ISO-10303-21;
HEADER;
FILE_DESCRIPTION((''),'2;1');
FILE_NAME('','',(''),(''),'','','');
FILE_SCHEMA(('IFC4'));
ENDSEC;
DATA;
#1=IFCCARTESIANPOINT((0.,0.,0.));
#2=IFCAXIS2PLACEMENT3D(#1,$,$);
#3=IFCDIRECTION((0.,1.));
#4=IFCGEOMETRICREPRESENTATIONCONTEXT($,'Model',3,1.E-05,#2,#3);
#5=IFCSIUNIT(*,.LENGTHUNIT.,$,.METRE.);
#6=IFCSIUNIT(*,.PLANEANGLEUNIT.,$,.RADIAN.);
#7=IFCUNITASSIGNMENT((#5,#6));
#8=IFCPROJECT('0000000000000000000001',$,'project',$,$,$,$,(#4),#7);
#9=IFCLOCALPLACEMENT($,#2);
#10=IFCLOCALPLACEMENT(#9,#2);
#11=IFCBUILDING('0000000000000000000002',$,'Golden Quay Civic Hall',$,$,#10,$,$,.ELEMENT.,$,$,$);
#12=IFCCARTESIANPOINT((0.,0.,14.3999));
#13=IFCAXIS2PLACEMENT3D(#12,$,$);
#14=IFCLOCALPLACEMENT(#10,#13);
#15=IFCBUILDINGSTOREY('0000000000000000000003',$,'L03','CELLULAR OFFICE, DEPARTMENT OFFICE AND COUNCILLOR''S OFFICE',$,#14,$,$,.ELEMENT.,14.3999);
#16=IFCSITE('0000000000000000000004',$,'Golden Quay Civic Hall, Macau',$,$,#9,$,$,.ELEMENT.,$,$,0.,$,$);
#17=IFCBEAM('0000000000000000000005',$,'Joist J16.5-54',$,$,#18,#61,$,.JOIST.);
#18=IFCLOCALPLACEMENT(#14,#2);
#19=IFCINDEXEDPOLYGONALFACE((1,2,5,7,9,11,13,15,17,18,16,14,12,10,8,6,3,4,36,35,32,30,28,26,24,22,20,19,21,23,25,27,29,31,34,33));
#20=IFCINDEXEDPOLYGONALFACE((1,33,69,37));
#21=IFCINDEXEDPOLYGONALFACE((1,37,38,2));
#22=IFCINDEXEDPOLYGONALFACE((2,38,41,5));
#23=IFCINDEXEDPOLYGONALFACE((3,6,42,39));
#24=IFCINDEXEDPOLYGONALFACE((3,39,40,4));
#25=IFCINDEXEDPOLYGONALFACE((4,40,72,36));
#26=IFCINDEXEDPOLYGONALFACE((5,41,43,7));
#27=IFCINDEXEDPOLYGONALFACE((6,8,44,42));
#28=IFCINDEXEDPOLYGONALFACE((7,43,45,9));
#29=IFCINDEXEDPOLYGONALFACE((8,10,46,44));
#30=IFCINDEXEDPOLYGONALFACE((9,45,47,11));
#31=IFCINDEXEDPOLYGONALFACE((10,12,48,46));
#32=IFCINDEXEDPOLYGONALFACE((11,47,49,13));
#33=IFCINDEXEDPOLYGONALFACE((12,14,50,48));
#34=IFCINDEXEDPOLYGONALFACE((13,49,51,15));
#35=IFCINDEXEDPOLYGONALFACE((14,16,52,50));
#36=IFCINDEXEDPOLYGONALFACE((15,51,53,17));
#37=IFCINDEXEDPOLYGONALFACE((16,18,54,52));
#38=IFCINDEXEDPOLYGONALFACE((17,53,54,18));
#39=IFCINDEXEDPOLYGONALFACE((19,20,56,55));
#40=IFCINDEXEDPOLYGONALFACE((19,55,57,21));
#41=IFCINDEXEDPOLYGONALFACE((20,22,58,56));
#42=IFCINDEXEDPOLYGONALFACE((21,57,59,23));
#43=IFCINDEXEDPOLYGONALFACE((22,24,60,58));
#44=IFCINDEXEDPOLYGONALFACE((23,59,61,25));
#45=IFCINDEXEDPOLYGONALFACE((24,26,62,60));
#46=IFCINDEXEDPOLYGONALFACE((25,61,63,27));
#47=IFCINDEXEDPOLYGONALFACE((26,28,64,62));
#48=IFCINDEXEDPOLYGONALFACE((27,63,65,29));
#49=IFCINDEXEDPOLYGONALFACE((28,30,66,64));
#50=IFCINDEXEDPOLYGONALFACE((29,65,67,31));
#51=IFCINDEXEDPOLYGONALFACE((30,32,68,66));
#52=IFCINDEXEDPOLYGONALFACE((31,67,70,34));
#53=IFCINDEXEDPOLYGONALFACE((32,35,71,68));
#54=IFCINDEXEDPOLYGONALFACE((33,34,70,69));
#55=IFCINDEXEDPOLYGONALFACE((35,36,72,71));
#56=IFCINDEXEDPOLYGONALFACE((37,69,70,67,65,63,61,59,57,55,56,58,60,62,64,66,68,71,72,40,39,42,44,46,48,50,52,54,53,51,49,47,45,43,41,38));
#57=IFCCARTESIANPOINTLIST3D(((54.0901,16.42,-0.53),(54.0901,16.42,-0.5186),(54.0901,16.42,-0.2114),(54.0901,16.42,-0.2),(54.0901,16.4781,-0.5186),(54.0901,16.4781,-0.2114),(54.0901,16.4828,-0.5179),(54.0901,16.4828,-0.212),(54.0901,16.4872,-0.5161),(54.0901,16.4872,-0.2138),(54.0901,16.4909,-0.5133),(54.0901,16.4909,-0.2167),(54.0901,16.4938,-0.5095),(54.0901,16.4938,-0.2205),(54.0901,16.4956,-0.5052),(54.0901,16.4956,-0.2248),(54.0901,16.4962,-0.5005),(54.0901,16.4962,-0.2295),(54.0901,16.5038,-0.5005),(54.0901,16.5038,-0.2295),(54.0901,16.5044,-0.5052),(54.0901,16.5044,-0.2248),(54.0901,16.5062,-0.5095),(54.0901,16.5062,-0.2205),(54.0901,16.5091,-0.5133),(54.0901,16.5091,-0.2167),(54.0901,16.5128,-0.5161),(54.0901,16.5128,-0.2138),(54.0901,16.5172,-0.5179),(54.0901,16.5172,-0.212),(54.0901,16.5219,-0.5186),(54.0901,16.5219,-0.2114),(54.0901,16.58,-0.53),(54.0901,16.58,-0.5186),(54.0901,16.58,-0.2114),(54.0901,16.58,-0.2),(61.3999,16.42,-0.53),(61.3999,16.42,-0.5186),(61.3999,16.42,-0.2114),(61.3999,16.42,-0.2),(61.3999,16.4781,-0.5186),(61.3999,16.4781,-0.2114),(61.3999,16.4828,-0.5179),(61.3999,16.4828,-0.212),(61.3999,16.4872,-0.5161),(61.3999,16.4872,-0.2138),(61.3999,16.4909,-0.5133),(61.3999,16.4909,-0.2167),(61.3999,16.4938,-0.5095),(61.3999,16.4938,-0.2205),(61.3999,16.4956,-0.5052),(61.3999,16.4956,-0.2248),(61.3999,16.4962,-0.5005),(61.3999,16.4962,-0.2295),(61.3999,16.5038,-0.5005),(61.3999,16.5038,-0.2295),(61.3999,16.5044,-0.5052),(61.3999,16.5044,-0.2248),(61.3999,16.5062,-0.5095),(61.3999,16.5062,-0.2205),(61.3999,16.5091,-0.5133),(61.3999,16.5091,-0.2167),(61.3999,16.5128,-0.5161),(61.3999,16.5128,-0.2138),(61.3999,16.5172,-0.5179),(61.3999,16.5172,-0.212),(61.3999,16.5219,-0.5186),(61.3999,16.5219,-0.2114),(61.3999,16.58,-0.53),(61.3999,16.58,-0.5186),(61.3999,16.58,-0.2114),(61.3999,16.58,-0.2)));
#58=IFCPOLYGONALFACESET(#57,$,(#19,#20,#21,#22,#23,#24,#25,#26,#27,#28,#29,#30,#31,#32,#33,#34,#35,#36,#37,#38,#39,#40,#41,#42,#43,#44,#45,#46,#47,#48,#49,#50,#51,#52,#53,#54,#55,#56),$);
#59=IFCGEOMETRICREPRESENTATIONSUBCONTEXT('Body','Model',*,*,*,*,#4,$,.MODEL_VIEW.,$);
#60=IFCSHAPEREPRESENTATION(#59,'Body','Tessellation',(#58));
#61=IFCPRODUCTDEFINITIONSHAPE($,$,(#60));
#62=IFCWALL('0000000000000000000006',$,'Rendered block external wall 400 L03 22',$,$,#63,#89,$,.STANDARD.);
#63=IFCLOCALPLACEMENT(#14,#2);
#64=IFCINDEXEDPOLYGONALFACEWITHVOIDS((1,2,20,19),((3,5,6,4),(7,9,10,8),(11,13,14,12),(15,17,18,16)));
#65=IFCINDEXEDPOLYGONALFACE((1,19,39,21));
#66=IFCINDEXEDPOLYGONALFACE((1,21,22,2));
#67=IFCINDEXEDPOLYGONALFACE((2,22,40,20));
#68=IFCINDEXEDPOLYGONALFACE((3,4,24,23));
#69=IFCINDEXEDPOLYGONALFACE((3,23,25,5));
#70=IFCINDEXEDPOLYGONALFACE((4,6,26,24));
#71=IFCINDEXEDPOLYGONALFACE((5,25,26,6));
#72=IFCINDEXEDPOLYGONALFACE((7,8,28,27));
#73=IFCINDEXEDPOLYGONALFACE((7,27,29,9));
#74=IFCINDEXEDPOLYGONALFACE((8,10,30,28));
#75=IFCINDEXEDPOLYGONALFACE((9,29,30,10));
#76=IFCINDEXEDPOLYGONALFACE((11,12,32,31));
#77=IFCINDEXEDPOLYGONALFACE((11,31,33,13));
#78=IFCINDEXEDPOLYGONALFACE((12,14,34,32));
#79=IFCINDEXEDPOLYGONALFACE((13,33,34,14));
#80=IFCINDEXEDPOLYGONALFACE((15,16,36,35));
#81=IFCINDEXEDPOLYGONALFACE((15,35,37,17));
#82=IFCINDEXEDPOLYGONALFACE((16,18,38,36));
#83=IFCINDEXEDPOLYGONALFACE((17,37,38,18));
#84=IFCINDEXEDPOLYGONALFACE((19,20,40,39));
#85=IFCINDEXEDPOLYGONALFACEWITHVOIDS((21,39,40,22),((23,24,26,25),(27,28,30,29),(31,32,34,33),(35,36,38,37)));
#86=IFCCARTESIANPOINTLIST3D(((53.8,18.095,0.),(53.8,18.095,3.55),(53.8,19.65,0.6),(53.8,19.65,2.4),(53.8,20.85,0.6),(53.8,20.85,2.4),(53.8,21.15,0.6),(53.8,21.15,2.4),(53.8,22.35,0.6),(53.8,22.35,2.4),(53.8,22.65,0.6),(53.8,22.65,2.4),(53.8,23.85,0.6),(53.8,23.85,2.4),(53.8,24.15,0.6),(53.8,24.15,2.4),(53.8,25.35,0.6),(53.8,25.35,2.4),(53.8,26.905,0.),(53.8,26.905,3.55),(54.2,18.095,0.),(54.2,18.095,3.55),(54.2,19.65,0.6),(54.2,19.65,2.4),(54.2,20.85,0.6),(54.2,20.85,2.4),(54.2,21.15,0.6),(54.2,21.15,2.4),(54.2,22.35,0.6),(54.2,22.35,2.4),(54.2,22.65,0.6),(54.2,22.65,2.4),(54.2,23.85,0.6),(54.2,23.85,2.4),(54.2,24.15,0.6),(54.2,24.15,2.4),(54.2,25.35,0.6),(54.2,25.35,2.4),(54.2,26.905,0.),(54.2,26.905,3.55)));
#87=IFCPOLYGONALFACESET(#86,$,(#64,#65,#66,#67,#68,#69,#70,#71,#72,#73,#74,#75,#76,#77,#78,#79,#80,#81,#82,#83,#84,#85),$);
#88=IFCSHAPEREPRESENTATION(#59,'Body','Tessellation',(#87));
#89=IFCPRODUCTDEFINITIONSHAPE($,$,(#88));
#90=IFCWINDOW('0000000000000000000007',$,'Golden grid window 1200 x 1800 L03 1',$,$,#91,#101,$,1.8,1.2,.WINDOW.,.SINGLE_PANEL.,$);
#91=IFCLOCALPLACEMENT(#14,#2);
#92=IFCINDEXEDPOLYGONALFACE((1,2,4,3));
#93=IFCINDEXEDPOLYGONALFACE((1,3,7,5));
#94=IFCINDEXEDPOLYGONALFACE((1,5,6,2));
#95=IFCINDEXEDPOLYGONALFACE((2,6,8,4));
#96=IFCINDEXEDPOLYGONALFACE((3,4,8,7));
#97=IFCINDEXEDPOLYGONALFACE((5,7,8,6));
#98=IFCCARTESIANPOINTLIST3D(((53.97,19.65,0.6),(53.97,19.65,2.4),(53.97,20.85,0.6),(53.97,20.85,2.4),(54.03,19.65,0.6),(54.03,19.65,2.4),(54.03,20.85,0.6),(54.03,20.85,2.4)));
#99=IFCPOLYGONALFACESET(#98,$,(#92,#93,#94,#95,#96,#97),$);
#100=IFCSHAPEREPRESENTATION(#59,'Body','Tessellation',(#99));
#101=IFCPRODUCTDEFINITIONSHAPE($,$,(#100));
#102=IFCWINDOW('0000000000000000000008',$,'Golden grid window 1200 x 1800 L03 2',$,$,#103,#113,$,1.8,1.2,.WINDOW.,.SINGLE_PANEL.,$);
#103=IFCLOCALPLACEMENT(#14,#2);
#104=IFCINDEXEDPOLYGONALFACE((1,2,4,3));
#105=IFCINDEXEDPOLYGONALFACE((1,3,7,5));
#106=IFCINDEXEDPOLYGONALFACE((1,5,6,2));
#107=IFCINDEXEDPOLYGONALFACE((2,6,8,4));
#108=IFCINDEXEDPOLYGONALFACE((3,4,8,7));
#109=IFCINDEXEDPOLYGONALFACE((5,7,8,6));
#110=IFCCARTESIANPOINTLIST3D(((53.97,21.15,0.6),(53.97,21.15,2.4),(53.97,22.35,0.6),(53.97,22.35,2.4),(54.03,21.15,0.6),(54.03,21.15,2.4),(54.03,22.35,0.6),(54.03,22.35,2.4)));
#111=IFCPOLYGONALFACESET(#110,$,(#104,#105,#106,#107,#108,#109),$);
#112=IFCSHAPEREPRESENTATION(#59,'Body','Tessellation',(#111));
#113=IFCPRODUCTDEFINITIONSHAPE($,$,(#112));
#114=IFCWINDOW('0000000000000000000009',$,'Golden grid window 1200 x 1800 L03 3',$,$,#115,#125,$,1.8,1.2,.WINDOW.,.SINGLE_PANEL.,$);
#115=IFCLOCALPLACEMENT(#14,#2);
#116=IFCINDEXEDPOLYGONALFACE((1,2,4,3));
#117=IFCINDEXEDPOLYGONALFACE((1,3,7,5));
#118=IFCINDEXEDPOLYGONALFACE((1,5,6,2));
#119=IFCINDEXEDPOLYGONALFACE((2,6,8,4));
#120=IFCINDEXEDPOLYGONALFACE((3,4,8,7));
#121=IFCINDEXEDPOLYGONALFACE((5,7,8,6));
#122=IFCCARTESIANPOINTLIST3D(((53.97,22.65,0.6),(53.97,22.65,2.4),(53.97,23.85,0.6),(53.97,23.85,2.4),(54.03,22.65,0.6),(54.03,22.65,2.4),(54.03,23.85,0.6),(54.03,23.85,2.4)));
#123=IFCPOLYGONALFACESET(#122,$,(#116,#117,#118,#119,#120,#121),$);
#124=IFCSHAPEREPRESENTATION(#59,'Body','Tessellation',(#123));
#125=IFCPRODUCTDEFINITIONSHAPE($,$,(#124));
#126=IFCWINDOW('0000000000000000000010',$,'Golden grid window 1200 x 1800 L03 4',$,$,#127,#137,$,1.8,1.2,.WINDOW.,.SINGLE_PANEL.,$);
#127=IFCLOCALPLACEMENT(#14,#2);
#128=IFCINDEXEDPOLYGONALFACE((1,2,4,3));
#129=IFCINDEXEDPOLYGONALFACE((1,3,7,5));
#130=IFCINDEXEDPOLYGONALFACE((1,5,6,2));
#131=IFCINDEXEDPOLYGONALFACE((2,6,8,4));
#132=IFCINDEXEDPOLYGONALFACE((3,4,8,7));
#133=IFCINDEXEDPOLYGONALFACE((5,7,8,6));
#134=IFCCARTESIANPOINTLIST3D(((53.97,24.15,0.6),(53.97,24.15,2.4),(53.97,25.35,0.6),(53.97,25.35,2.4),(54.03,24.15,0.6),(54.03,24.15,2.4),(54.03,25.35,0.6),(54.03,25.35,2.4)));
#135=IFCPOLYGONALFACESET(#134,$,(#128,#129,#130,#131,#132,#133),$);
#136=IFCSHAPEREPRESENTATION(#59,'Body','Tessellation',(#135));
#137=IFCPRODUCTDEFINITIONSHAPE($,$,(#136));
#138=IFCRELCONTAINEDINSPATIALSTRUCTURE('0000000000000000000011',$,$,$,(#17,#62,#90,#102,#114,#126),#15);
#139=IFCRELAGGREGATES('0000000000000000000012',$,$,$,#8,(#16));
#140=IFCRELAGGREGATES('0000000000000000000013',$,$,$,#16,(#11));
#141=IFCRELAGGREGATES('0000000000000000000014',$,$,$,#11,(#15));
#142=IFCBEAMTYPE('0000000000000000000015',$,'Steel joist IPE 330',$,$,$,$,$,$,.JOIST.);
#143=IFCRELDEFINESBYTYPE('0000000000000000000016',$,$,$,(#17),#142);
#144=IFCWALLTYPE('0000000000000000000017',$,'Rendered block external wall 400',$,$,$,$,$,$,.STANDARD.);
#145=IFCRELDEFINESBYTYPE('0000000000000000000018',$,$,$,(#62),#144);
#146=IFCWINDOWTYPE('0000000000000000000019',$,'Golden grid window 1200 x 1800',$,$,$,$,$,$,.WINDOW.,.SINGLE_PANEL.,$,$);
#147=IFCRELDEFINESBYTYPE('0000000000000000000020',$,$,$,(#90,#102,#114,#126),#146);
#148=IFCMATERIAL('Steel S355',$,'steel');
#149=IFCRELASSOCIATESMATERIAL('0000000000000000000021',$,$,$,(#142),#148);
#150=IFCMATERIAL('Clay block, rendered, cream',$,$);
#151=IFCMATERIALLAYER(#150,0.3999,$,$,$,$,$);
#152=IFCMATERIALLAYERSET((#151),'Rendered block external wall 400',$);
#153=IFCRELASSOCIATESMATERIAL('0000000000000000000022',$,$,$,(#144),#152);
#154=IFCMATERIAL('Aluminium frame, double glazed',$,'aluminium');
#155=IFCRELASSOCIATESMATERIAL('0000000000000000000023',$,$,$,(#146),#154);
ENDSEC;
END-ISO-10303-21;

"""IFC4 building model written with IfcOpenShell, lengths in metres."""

from ifc_helpers import new_model, si_unit, direction, frame, frame_2d, origin, origin_2d, place, context, subcontext, project, spatial, rectangle, i_section, extrude, material, layer, layer_set, material_profile, profile_set, type_object, element, fill, save


model = new_model("IFC4")

# Units and contexts
model_context = context("Model", 3, precision=1e-05, world=origin(), true_north=direction((0.0, 1.0)))
body_context = subcontext(model_context, "Body", "Model", "MODEL_VIEW")
ifc_project = project(units=[si_unit("LENGTHUNIT", "METRE"), si_unit("PLANEANGLEUNIT", "RADIAN")], contexts=[model_context])

# Site, building, storey
site_placement = place(None, origin())
site = spatial("IfcSite", under=ifc_project, at=site_placement, Name="Golden Quay Civic Hall, Macau", CompositionType="ELEMENT", RefElevation=0.0)
building_placement = place(site_placement, origin())
building = spatial("IfcBuilding", under=site, at=building_placement, Name="Golden Quay Civic Hall", CompositionType="ELEMENT")
storey_placement = place(building_placement, frame((0.0, 0.0, 14.3999)))
storey = spatial("IfcBuildingStorey", under=building, at=storey_placement, Name="L03", Description="CELLULAR OFFICE, DEPARTMENT OFFICE AND COUNCILLOR'S OFFICE", CompositionType="ELEMENT", Elevation=14.3999)

# Beam
ifc_material_1 = material(Name="Steel S355", Category="steel")
ifc_material_profile_1 = material_profile(ifc_material_1, i_section(OverallWidth=0.1599, OverallDepth=0.3301, WebThickness=0.0076, FlangeThickness=0.0115, FilletRadius=0.0181, at=origin_2d()), Name="IPE 330")
ifc_profile_set_1 = profile_set([ifc_material_profile_1], Name="Steel S355")
beam_type_1 = type_object("IfcBeamType", Name="Steel joist IPE 330", PredefinedType="JOIST", material=ifc_profile_set_1)
for number, where, z_axis, x_axis, name in (
    (1, (54.0901, 16.5, -0.365), (1.0, 0.0, 0.0), (0.0, 1.0, 0.0), "Joist J16.5-54"),
):
    element("IfcBeam", number, at=place(storey_placement, frame(where, z_axis=z_axis, x_axis=x_axis)), inside=storey, type_object=beam_type_1, Name=name, PredefinedType="JOIST", context=body_context, shape_type="SweptSolid", body=[
        extrude(i_section(OverallWidth=0.1599, OverallDepth=0.3301, WebThickness=0.0076, FlangeThickness=0.0115, FilletRadius=0.0181, at=origin_2d()), origin(), (0.0, 0.0, 1.0), 7.3098),
    ])

# Wall, openings, windows
ifc_material_2 = material(Name="Clay block, rendered, cream")
ifc_layer = layer(ifc_material_2, 0.3999)
ifc_layer_set = layer_set([ifc_layer], Name="Rendered block external wall 400")
wall_type = type_object("IfcWallType", Name="Rendered block external wall 400", PredefinedType="STANDARD", material=ifc_layer_set)
wall_1_placement = place(storey_placement, frame((54.0, 18.095, 0.0), z_axis=(0.0, 0.0, 1.0), x_axis=(0.0, 1.0, 0.0)))
wall_1 = element("IfcWall", 2, at=wall_1_placement, inside=storey, type_object=wall_type, Name="Rendered block external wall 400 L03 22", PredefinedType="STANDARD", context=body_context, shape_type="SweptSolid", body=[
    extrude(rectangle(XDim=8.8101, YDim=0.3999, at=frame_2d((4.405, 0.0))), origin(), (0.0, 0.0, 1.0), 3.55),
])
opening_1_placement = place(wall_1_placement, frame((1.5549, 0.0, 0.6001)))
opening_1 = element("IfcOpeningElement", 3, at=opening_1_placement, cuts=wall_1, PredefinedType="OPENING", context=body_context, shape_type="SweptSolid", body=[
    extrude(rectangle(XDim=1.2, YDim=1.8, at=frame_2d((0.6001, 0.8999))), frame((0.0, 0.21, 0.0), z_axis=(0.0, -1.0, 0.0), x_axis=(1.0, 0.0, 0.0)), (0.0, 0.0, 1.0), 0.4199),
])
opening_2_placement = place(wall_1_placement, frame((3.0549, 0.0, 0.6001)))
opening_2 = element("IfcOpeningElement", 4, at=opening_2_placement, cuts=wall_1, PredefinedType="OPENING", context=body_context, shape_type="SweptSolid", body=[
    extrude(rectangle(XDim=1.2, YDim=1.8, at=frame_2d((0.6001, 0.8999))), frame((0.0, 0.21, 0.0), z_axis=(0.0, -1.0, 0.0), x_axis=(1.0, 0.0, 0.0)), (0.0, 0.0, 1.0), 0.4199),
])
opening_3_placement = place(wall_1_placement, frame((4.5549, 0.0, 0.6001)))
opening_3 = element("IfcOpeningElement", 5, at=opening_3_placement, cuts=wall_1, PredefinedType="OPENING", context=body_context, shape_type="SweptSolid", body=[
    extrude(rectangle(XDim=1.2, YDim=1.8, at=frame_2d((0.6001, 0.8999))), frame((0.0, 0.21, 0.0), z_axis=(0.0, -1.0, 0.0), x_axis=(1.0, 0.0, 0.0)), (0.0, 0.0, 1.0), 0.4199),
])
opening_4_placement = place(wall_1_placement, frame((6.0549, 0.0, 0.6001)))
opening_4 = element("IfcOpeningElement", 6, at=opening_4_placement, cuts=wall_1, PredefinedType="OPENING", context=body_context, shape_type="SweptSolid", body=[
    extrude(rectangle(XDim=1.2, YDim=1.8, at=frame_2d((0.6001, 0.8999))), frame((0.0, 0.21, 0.0), z_axis=(0.0, -1.0, 0.0), x_axis=(1.0, 0.0, 0.0)), (0.0, 0.0, 1.0), 0.4199),
])
ifc_material_3 = material(Name="Aluminium frame, double glazed", Category="aluminium")
window_type = type_object("IfcWindowType", Name="Golden grid window 1200 x 1800", PartitioningType="SINGLE_PANEL", PredefinedType="WINDOW", material=ifc_material_3)
window_1_placement = place(opening_1_placement, origin())
window_1 = element("IfcWindow", 7, at=window_1_placement, inside=storey, type_object=window_type, Name="Golden grid window 1200 x 1800 L03 1", OverallHeight=1.8, OverallWidth=1.2, PartitioningType="SINGLE_PANEL", PredefinedType="WINDOW", context=body_context, shape_type="SweptSolid", body=[
    extrude(rectangle(XDim=1.2, YDim=1.8, at=frame_2d((0.6001, 0.8999))), frame((0.0, 0.03, 0.0), z_axis=(0.0, -1.0, 0.0), x_axis=(1.0, 0.0, 0.0)), (0.0, 0.0, 1.0), 0.0601),
])
fill(opening_1, window_1)
window_2_placement = place(opening_2_placement, origin())
window_2 = element("IfcWindow", 8, at=window_2_placement, inside=storey, type_object=window_type, Name="Golden grid window 1200 x 1800 L03 2", OverallHeight=1.8, OverallWidth=1.2, PartitioningType="SINGLE_PANEL", PredefinedType="WINDOW", context=body_context, shape_type="SweptSolid", body=[
    extrude(rectangle(XDim=1.2, YDim=1.8, at=frame_2d((0.6001, 0.8999))), frame((0.0, 0.03, 0.0), z_axis=(0.0, -1.0, 0.0), x_axis=(1.0, 0.0, 0.0)), (0.0, 0.0, 1.0), 0.0601),
])
fill(opening_2, window_2)
window_3_placement = place(opening_3_placement, origin())
window_3 = element("IfcWindow", 9, at=window_3_placement, inside=storey, type_object=window_type, Name="Golden grid window 1200 x 1800 L03 3", OverallHeight=1.8, OverallWidth=1.2, PartitioningType="SINGLE_PANEL", PredefinedType="WINDOW", context=body_context, shape_type="SweptSolid", body=[
    extrude(rectangle(XDim=1.2, YDim=1.8, at=frame_2d((0.6001, 0.8999))), frame((0.0, 0.03, 0.0), z_axis=(0.0, -1.0, 0.0), x_axis=(1.0, 0.0, 0.0)), (0.0, 0.0, 1.0), 0.0601),
])
fill(opening_3, window_3)
window_4_placement = place(opening_4_placement, origin())
window_4 = element("IfcWindow", 10, at=window_4_placement, inside=storey, type_object=window_type, Name="Golden grid window 1200 x 1800 L03 4", OverallHeight=1.8, OverallWidth=1.2, PartitioningType="SINGLE_PANEL", PredefinedType="WINDOW", context=body_context, shape_type="SweptSolid", body=[
    extrude(rectangle(XDim=1.2, YDim=1.8, at=frame_2d((0.6001, 0.8999))), frame((0.0, 0.03, 0.0), z_axis=(0.0, -1.0, 0.0), x_axis=(1.0, 0.0, 0.0)), (0.0, 0.0, 1.0), 0.0601),
])
fill(opening_4, window_4)

save(model, "model.ifc")
